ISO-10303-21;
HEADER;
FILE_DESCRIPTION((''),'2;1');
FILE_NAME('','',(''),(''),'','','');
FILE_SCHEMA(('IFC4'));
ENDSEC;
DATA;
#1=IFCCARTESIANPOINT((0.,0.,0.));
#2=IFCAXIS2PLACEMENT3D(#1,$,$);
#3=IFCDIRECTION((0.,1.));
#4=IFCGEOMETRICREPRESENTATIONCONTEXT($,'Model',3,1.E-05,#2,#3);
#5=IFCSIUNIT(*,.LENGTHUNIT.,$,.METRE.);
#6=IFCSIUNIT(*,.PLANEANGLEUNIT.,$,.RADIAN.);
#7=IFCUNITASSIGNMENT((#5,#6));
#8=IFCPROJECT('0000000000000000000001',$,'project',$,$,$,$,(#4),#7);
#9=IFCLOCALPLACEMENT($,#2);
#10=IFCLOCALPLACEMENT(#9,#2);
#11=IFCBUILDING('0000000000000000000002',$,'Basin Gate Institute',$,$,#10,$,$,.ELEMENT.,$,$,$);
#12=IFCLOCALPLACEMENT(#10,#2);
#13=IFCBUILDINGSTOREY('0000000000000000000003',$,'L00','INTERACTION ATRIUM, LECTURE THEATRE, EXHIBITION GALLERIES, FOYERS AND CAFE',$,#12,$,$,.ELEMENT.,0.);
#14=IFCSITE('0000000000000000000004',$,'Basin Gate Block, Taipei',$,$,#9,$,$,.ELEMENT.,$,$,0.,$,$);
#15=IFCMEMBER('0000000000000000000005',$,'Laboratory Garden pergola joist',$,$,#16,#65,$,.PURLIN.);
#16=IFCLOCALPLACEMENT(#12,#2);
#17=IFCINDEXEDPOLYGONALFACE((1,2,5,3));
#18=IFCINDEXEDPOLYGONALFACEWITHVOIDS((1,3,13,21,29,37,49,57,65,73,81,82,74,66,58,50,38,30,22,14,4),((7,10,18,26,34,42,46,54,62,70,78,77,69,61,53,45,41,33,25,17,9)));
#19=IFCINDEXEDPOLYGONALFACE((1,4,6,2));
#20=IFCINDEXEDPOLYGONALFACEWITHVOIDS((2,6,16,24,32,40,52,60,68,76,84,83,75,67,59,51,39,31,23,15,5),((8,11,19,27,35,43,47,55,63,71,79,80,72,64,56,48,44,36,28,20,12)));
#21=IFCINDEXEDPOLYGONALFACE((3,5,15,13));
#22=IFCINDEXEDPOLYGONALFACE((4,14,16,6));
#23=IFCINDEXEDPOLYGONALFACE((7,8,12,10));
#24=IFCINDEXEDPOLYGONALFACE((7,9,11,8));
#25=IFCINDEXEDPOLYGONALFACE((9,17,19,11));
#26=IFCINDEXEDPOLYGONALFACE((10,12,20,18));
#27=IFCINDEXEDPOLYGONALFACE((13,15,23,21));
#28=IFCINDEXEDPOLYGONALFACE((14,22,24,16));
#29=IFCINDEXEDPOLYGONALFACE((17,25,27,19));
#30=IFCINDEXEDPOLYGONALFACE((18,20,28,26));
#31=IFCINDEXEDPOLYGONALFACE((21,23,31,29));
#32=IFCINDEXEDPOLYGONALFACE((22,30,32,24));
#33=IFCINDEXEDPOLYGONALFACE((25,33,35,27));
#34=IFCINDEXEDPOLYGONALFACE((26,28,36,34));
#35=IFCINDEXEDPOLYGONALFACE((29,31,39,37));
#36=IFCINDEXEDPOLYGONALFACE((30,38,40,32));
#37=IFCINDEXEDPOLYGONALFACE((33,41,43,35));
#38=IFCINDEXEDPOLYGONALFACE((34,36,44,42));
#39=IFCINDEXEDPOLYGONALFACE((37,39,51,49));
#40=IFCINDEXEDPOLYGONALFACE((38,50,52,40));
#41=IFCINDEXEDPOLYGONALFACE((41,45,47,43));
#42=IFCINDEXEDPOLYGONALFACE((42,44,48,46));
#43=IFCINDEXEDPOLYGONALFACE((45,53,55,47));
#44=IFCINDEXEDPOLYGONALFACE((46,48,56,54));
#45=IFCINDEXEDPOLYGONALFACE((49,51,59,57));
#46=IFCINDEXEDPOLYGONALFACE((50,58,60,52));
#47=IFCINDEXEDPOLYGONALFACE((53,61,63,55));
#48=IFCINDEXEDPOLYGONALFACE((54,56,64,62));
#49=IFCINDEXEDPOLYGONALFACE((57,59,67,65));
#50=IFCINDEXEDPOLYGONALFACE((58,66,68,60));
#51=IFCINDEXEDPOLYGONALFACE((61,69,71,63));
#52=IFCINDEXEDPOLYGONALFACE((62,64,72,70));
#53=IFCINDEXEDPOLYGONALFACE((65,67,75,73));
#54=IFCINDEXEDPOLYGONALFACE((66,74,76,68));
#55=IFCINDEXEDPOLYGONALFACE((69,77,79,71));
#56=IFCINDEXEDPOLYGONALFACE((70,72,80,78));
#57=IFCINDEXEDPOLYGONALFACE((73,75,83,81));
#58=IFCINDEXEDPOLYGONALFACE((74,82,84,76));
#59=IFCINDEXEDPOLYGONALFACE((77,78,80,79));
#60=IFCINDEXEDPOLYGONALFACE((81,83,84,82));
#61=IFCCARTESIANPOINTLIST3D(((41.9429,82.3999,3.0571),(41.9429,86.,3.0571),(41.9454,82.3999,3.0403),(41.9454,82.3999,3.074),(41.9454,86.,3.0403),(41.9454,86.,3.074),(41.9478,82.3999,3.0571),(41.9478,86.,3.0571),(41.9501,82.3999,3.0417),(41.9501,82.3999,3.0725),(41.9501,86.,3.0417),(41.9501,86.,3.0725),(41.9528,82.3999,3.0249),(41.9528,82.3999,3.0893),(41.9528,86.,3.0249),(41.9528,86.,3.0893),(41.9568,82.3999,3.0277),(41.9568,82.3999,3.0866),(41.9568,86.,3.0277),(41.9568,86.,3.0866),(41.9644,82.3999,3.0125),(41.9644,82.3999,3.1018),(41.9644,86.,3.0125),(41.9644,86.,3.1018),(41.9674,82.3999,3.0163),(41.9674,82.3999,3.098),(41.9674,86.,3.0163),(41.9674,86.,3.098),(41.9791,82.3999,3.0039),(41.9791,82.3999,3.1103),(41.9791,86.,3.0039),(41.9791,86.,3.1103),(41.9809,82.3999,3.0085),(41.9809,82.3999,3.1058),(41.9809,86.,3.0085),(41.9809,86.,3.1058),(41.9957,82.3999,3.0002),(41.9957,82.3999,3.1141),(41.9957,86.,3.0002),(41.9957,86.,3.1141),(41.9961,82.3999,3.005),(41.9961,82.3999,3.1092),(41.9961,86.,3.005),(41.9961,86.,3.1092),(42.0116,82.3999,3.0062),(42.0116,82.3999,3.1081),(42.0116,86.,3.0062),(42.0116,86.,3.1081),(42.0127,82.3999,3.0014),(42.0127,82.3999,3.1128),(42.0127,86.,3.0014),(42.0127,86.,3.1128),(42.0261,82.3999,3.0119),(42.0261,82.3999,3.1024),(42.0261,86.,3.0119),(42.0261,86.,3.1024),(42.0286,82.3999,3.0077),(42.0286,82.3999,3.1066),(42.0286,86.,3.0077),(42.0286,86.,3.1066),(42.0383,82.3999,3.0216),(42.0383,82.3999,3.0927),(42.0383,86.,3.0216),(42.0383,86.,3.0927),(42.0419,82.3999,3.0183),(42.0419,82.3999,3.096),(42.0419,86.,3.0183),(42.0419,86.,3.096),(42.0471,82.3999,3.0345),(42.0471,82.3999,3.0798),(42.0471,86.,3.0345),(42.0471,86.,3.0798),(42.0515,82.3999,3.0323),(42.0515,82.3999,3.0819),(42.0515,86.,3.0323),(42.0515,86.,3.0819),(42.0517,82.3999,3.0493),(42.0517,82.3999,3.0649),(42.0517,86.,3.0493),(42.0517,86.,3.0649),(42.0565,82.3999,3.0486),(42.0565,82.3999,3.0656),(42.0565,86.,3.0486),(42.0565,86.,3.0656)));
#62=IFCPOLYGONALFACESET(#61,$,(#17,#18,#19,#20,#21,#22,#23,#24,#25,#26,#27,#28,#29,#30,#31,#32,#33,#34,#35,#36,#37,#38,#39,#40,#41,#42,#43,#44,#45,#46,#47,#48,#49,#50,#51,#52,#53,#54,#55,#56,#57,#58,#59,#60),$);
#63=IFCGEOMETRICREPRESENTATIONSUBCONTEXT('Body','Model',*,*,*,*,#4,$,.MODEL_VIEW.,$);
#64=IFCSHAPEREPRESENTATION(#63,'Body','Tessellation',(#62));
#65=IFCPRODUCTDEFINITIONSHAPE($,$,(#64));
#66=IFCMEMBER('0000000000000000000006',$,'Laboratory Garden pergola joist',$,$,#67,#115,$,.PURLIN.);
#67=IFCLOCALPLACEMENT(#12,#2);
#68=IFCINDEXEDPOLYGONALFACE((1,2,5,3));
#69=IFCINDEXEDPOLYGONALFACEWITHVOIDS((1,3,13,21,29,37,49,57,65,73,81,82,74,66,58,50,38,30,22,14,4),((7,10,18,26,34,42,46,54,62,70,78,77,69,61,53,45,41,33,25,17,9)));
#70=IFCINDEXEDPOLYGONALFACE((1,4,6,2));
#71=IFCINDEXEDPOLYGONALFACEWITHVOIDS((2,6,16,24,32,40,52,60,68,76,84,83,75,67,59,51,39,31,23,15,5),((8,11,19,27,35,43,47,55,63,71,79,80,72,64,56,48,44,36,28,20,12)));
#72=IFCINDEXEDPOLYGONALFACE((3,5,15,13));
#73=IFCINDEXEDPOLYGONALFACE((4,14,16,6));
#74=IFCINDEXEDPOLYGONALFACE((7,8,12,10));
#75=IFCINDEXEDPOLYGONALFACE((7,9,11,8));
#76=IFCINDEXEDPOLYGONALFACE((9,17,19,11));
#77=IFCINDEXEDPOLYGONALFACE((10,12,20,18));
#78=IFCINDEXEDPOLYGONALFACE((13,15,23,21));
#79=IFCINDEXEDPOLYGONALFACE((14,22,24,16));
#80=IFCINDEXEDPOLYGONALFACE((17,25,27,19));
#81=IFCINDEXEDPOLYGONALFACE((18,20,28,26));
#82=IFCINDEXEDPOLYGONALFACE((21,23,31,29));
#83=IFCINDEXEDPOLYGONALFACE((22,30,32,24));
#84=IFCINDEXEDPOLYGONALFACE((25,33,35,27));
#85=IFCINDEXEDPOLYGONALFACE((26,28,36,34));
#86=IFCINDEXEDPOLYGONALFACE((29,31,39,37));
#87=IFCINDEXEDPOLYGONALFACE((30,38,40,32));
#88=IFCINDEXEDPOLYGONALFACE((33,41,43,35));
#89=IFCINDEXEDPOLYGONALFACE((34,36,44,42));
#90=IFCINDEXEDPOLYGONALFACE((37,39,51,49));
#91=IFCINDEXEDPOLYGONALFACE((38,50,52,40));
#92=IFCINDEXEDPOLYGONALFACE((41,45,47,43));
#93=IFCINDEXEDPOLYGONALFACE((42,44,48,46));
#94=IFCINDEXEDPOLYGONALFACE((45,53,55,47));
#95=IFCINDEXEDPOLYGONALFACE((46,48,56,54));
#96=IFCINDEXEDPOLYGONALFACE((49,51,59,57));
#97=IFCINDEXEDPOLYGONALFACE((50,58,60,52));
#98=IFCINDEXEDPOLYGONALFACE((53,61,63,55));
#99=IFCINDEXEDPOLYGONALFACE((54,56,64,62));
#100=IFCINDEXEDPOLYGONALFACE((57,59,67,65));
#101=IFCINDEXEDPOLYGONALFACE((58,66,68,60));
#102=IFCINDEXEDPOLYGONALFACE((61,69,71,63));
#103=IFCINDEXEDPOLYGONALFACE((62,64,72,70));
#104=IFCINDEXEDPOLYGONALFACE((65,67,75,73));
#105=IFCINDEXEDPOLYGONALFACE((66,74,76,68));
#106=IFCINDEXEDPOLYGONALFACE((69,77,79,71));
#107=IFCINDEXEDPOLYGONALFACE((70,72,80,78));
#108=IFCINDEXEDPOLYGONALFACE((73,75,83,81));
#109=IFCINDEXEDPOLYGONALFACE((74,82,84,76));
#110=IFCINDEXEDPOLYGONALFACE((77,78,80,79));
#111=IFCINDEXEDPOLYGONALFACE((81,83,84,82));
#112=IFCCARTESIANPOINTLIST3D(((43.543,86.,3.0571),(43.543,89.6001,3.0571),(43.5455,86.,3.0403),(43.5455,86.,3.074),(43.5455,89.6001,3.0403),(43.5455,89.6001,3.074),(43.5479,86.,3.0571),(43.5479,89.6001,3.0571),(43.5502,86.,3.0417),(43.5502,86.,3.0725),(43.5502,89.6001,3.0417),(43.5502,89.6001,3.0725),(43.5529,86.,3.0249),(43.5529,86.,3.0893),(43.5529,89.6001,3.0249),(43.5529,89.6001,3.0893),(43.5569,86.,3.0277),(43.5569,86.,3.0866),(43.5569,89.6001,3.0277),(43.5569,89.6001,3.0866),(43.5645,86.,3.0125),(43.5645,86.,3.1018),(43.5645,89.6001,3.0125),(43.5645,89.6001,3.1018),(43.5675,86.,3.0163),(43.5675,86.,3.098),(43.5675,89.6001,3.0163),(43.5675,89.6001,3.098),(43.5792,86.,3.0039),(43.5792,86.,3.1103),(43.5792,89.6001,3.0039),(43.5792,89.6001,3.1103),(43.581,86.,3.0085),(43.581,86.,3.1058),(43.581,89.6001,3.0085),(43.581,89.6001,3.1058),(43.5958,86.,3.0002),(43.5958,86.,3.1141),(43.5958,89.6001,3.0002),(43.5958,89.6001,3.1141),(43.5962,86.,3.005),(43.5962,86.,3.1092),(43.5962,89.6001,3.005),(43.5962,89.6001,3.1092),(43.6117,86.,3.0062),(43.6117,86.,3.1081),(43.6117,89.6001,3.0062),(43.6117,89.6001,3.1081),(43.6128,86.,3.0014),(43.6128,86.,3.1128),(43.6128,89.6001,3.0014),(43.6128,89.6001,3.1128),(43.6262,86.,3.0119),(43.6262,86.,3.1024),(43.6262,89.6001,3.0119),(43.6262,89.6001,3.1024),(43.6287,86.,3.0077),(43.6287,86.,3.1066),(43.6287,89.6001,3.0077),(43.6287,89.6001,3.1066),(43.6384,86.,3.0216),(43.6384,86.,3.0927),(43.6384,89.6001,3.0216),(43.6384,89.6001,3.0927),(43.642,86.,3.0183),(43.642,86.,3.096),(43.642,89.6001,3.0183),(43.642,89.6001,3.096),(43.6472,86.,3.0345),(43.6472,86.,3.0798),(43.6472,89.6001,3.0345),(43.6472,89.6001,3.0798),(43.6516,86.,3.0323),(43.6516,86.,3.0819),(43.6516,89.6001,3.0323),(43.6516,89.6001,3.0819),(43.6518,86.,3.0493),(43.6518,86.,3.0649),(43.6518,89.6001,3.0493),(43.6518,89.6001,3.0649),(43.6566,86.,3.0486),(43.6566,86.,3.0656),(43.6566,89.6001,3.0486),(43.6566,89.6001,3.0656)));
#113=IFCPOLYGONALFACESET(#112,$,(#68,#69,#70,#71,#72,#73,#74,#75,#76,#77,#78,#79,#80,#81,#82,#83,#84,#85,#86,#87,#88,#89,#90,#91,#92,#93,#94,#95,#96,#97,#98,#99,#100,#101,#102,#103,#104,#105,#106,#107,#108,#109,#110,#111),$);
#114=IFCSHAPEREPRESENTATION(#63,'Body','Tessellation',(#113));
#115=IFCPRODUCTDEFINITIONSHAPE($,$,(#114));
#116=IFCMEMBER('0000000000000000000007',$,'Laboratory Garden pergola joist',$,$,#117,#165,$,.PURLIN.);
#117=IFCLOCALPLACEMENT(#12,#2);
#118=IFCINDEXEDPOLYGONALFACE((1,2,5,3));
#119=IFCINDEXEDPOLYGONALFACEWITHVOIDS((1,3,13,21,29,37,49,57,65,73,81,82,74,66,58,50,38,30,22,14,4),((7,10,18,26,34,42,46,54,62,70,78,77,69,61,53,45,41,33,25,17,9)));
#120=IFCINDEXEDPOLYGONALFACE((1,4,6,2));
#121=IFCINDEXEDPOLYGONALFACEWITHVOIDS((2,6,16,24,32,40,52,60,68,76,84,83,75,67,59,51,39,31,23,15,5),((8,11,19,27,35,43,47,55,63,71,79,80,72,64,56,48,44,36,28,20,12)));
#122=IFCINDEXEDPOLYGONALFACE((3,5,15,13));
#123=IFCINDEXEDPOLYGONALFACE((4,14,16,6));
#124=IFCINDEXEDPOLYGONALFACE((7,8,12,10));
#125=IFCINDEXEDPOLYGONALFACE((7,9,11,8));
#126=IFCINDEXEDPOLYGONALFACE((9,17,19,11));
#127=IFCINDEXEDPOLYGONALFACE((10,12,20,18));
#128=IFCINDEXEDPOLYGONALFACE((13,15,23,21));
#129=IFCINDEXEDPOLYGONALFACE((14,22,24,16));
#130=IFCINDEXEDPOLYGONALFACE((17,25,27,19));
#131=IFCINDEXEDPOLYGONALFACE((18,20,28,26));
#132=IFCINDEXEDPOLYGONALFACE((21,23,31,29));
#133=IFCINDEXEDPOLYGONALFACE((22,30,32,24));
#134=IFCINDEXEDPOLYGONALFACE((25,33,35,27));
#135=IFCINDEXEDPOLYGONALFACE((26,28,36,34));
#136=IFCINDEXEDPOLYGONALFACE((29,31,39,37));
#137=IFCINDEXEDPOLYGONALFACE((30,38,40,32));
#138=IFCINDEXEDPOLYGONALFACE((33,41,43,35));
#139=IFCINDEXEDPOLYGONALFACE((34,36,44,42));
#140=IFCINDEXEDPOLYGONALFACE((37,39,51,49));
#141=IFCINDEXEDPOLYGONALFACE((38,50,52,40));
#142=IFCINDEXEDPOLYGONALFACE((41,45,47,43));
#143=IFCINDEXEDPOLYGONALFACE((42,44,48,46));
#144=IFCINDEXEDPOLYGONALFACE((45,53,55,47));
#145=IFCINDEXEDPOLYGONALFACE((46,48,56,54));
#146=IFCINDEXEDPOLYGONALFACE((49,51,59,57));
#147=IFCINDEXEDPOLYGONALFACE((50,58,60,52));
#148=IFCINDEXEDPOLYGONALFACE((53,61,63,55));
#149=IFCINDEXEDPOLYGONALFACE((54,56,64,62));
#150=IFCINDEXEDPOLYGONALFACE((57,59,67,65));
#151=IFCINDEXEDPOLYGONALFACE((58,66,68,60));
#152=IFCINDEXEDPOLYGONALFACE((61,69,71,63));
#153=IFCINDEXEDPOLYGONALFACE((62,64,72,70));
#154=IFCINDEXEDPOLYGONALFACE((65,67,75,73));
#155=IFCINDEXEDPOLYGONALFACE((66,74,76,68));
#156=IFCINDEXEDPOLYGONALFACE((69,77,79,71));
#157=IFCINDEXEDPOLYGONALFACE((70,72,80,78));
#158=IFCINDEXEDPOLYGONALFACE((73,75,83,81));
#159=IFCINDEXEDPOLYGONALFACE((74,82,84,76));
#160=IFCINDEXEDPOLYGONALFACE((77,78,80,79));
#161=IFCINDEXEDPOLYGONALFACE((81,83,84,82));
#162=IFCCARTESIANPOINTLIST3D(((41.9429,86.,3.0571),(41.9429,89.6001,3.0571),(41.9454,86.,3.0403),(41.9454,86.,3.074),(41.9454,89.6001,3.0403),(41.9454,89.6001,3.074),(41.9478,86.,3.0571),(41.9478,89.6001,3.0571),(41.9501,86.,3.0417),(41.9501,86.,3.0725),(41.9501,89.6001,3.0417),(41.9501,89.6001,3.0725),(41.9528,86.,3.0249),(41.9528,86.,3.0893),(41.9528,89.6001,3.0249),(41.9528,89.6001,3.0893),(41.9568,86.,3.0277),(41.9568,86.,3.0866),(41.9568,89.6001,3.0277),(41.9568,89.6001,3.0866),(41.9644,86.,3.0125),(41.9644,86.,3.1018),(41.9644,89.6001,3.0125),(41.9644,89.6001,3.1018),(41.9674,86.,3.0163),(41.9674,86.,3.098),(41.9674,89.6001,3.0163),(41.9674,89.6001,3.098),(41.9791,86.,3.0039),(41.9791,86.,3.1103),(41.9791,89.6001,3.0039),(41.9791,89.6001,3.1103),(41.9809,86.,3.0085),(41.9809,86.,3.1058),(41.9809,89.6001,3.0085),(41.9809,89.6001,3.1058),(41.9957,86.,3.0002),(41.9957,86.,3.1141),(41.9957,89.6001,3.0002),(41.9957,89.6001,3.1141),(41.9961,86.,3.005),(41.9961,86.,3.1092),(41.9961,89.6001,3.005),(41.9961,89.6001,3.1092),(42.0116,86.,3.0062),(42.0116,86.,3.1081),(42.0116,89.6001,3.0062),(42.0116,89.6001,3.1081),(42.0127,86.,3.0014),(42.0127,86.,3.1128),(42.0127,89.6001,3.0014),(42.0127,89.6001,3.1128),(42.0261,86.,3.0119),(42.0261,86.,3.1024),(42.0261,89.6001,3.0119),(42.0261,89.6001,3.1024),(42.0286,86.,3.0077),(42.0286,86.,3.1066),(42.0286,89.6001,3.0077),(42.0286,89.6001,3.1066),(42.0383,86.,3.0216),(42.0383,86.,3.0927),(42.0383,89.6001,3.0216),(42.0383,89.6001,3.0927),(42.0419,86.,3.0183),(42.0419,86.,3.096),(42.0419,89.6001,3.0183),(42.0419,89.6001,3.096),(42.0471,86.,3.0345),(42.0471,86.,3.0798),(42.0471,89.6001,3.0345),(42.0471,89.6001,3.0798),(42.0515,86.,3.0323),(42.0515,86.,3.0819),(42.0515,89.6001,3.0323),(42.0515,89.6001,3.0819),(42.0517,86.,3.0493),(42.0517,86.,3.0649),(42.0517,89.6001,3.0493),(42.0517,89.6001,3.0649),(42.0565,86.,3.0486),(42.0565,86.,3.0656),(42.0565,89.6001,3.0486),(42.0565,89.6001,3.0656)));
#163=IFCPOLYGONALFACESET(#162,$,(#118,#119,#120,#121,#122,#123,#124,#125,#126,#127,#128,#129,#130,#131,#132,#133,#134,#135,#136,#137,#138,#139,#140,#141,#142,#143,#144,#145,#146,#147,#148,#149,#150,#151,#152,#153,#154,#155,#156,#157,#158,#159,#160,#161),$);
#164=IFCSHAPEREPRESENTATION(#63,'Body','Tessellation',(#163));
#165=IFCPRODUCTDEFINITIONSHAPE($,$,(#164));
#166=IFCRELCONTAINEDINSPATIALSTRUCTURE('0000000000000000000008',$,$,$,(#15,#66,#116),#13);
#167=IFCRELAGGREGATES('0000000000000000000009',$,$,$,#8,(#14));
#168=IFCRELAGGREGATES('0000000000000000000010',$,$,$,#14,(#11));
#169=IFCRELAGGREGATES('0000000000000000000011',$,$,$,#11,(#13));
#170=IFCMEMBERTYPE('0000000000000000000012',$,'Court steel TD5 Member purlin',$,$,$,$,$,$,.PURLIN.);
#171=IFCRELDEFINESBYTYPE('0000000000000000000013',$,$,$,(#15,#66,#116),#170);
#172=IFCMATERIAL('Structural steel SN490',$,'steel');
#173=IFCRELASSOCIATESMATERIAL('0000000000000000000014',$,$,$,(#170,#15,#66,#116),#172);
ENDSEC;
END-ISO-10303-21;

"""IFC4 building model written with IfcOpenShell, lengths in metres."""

from ifc_helpers import new_model, si_unit, direction, frame, origin, origin_2d, place, context, subcontext, project, spatial, hollow_circle, extrude, material, material_profile, profile_set, type_object, element, save


model = new_model("IFC4")

# Units and contexts
model_context = context("Model", 3, precision=1e-05, world=origin(), true_north=direction((0.0, 1.0)))
body_context = subcontext(model_context, "Body", "Model", "MODEL_VIEW")
ifc_project = project(units=[si_unit("LENGTHUNIT", "METRE"), si_unit("PLANEANGLEUNIT", "RADIAN")], contexts=[model_context])

# Site, building, storey
site_placement = place(None, origin())
site = spatial("IfcSite", under=ifc_project, at=site_placement, Name="Basin Gate Block, Taipei", CompositionType="ELEMENT", RefElevation=0.0)
building_placement = place(site_placement, origin())
building = spatial("IfcBuilding", under=site, at=building_placement, Name="Basin Gate Institute", CompositionType="ELEMENT")
storey_placement = place(building_placement, origin())
storey = spatial("IfcBuildingStorey", under=building, at=storey_placement, Name="L00", Description="INTERACTION ATRIUM, LECTURE THEATRE, EXHIBITION GALLERIES, FOYERS AND CAFE", CompositionType="ELEMENT", Elevation=0.0)

# Members
ifc_material_1 = material(Name="Structural steel SN490", Category="steel")
ifc_material_profile_1 = material_profile(ifc_material_1, hollow_circle(Radius=0.0571, WallThickness=0.0049, at=origin_2d()), Name="CHS114x5")
ifc_profile_set_1 = profile_set([ifc_material_profile_1], Name="Structural steel SN490")
member_type = type_object("IfcMemberType", Name="Court steel TD5 Member purlin", PredefinedType="PURLIN", material=ifc_profile_set_1)
for number, where, z_axis, x_axis, name in (
    (1, (42.0, 82.3999, 3.0571), (0.0, 1.0, 0.0), (-1.0, 0.0, 0.0), "Laboratory Garden pergola joist"),
    (2, (43.6001, 86.0, 3.0571), (0.0, 1.0, 0.0), (-1.0, 0.0, 0.0), "Laboratory Garden pergola joist"),
    (3, (42.0, 86.0, 3.0571), (0.0, 1.0, 0.0), (-1.0, 0.0, 0.0), "Laboratory Garden pergola joist"),
):
    element("IfcMember", number, at=place(storey_placement, frame(where, z_axis=z_axis, x_axis=x_axis)), inside=storey, type_object=member_type, material=ifc_profile_set_1, Name=name, PredefinedType="PURLIN", context=body_context, shape_type="SweptSolid", body=[
        extrude(hollow_circle(Radius=0.0571, WallThickness=0.0049, at=origin_2d()), origin(), (0.0, 0.0, 1.0), 3.6001),
    ])

save(model, "model.ifc")
